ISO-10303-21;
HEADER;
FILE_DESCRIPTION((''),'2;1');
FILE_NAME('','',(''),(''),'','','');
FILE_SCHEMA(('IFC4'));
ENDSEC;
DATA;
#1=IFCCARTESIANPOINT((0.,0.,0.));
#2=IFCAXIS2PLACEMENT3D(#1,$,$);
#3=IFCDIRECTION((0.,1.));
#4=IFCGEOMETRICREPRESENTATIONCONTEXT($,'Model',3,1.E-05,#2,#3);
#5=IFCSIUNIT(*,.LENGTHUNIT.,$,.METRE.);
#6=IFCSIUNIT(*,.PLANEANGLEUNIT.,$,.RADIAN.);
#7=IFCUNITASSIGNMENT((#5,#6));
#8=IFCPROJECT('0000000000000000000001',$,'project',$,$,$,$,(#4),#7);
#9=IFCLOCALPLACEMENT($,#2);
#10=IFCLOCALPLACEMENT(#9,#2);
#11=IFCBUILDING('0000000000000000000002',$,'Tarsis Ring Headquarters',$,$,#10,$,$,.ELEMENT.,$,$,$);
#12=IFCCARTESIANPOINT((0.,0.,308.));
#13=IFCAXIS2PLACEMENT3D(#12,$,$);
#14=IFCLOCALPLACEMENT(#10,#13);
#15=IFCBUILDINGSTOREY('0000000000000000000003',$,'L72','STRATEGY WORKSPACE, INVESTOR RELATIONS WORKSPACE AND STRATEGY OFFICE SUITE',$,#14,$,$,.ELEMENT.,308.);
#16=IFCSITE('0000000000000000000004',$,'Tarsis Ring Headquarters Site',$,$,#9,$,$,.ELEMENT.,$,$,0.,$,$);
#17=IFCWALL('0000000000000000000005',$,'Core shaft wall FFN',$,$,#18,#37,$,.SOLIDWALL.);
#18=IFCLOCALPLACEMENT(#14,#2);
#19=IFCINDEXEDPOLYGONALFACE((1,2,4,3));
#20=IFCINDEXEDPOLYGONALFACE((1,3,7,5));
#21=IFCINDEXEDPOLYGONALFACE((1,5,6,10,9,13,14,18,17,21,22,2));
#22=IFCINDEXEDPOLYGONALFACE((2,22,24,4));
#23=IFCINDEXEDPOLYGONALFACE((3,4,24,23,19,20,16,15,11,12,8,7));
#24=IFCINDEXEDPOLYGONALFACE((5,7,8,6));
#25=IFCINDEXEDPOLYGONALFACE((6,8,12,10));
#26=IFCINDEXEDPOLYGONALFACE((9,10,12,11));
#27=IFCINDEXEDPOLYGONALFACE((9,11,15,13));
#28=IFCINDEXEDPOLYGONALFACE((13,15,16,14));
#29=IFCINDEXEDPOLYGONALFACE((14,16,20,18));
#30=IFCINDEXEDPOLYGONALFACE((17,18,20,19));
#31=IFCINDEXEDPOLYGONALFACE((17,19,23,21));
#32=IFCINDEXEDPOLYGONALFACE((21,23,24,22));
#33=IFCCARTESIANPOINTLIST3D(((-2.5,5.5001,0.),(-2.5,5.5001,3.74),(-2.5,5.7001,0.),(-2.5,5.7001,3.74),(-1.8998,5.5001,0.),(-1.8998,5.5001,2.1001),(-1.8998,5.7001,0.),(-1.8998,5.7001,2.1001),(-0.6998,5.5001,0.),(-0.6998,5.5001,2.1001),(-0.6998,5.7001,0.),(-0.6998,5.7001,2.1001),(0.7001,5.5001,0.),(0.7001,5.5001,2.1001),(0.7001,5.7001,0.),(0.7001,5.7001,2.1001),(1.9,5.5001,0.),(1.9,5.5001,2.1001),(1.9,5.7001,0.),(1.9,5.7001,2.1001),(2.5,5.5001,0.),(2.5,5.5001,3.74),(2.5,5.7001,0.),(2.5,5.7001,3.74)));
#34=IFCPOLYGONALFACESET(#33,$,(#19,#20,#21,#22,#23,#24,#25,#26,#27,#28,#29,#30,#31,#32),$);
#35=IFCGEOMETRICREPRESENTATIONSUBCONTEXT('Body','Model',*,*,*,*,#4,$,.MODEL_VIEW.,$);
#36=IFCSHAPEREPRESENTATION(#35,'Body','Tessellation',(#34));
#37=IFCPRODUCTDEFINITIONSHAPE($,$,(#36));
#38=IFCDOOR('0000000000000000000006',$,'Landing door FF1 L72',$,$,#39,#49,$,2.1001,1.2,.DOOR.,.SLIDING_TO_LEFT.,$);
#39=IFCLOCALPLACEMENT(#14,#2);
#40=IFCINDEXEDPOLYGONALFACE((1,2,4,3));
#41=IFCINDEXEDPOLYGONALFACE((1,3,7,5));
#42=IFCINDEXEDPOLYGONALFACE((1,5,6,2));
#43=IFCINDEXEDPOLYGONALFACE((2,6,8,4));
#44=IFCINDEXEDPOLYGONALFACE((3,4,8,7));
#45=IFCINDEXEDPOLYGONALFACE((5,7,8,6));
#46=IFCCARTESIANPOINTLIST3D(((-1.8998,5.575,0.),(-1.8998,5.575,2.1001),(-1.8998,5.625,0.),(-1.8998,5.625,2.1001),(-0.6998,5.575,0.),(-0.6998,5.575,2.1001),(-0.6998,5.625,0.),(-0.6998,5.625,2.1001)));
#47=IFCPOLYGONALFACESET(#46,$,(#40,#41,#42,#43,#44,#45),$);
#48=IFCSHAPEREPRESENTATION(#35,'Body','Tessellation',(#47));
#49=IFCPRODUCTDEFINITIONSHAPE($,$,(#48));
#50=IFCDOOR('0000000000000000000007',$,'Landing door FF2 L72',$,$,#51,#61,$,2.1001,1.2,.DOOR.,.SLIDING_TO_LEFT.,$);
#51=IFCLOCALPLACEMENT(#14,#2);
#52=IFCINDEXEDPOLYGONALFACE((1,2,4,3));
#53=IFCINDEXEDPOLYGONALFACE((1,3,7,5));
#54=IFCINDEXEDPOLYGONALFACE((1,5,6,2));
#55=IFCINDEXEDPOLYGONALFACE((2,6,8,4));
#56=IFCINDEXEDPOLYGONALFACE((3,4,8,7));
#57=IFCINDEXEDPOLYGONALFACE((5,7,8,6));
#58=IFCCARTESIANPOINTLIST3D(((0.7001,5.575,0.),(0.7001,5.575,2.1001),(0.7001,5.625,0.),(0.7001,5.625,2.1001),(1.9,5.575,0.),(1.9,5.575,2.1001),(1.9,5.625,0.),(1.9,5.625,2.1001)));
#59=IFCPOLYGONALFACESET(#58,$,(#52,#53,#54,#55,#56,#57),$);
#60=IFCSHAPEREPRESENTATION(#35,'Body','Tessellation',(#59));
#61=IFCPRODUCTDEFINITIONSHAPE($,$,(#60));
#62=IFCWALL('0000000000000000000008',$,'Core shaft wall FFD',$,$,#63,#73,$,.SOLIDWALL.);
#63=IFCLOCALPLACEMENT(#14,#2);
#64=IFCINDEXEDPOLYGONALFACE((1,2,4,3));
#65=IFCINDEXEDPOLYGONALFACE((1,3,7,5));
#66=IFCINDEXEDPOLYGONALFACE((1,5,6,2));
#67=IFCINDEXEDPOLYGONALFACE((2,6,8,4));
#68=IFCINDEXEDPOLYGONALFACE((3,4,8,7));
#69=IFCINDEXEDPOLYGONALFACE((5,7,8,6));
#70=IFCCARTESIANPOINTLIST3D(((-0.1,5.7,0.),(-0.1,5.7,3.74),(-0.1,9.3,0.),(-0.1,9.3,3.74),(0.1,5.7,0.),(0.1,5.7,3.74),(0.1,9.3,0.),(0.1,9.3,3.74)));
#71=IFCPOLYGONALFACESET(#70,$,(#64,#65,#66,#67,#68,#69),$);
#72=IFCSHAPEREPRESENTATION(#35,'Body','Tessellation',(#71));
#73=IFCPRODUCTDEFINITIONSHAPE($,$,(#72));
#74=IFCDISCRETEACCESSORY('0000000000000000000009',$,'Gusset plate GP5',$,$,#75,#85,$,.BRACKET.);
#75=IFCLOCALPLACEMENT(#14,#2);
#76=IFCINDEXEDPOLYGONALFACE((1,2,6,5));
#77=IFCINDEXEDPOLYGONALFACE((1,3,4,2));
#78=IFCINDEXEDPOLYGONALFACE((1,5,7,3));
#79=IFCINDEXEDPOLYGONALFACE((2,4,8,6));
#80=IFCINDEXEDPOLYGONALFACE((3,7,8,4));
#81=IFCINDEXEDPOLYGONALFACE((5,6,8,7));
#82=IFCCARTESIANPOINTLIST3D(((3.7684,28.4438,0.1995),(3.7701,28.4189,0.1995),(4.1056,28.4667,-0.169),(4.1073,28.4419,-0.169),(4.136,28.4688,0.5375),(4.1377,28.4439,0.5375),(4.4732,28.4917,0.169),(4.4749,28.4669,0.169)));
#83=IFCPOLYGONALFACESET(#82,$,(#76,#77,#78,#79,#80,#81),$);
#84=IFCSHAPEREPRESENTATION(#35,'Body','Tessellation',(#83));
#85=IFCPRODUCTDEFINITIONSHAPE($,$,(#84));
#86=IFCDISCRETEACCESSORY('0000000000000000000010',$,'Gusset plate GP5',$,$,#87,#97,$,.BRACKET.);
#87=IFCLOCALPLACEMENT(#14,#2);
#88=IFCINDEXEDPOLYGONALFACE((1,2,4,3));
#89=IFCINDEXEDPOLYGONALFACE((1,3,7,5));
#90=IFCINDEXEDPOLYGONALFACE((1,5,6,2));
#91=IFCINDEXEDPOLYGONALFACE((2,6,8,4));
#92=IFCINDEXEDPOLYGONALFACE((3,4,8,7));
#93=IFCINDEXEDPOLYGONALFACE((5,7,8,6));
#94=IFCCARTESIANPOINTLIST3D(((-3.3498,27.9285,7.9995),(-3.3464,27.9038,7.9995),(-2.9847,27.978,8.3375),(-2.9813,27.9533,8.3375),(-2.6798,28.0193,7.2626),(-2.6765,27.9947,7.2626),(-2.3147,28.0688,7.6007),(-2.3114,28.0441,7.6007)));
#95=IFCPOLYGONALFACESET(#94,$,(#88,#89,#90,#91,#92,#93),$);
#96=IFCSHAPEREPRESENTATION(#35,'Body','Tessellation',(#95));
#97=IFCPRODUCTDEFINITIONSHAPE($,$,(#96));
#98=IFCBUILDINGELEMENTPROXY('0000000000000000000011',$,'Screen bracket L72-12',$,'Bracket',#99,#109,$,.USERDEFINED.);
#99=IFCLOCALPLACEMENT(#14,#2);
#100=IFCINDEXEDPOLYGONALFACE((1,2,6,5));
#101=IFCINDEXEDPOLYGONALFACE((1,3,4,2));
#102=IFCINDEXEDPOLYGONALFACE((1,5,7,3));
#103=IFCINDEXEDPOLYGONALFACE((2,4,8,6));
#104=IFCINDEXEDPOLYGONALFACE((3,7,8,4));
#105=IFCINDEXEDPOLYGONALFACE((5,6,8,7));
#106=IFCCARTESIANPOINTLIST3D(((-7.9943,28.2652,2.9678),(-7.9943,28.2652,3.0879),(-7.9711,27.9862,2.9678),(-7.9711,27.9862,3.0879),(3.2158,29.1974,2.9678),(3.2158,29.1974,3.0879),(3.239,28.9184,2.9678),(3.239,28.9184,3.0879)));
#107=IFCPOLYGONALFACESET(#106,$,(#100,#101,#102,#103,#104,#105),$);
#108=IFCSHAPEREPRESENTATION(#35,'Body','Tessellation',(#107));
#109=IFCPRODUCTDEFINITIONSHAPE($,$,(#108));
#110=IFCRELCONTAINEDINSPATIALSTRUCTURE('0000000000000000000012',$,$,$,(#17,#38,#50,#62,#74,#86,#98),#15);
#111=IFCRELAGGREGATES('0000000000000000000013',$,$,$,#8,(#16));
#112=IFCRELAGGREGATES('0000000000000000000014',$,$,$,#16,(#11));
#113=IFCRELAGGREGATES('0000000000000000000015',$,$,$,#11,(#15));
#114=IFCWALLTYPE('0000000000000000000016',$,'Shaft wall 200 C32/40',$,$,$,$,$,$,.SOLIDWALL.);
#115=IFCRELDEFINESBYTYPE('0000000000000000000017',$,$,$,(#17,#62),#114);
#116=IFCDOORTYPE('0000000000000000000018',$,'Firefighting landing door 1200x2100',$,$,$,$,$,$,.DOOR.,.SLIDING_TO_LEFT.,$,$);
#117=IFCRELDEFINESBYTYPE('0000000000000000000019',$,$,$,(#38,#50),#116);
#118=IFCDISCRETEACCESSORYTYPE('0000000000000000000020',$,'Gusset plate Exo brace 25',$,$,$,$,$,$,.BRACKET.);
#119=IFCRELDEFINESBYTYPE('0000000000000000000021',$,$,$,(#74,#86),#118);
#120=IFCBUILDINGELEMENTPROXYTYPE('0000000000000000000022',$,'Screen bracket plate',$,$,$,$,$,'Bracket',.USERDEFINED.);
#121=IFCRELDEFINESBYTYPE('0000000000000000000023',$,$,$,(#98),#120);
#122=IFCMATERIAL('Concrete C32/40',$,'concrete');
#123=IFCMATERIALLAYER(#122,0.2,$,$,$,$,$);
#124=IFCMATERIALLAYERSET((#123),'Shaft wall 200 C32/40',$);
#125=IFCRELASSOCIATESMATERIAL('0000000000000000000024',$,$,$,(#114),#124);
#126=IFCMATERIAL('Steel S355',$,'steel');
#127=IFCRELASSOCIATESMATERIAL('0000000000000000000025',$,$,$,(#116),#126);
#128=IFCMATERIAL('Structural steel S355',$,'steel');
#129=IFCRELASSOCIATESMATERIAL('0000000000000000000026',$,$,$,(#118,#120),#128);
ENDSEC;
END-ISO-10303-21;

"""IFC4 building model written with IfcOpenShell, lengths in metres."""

from ifc_helpers import new_model, si_unit, direction, frame, frame_2d, origin, origin_2d, place, context, subcontext, project, spatial, rectangle, extrude, material, layer, layer_set, material_profile, profile_set, type_object, element, fill, save


model = new_model("IFC4")

# Units and contexts
model_context = context("Model", 3, precision=1e-05, world=origin(), true_north=direction((0.0, 1.0)))
body_context = subcontext(model_context, "Body", "Model", "MODEL_VIEW")
ifc_project = project(units=[si_unit("LENGTHUNIT", "METRE"), si_unit("PLANEANGLEUNIT", "RADIAN")], contexts=[model_context])

# Site, building, storey
site_placement = place(None, origin())
site = spatial("IfcSite", under=ifc_project, at=site_placement, Name="Tarsis Ring Headquarters Site", CompositionType="ELEMENT", RefElevation=0.0)
building_placement = place(site_placement, origin())
building = spatial("IfcBuilding", under=site, at=building_placement, Name="Tarsis Ring Headquarters", CompositionType="ELEMENT")
storey_placement = place(building_placement, frame((0.0, 0.0, 308.0)))
storey = spatial("IfcBuildingStorey", under=building, at=storey_placement, Name="L72", Description="STRATEGY WORKSPACE, INVESTOR RELATIONS WORKSPACE AND STRATEGY OFFICE SUITE", CompositionType="ELEMENT", Elevation=308.0)

# Shared definitions
ifc_material_1 = material(Name="Structural steel S355", Category="steel")

# Shared definitions
ifc_material_2 = material(Name="Concrete C32/40", Category="concrete")

# Wall, openings, doors
ifc_layer_1 = layer(ifc_material_2, 0.2)
ifc_layer_set_1 = layer_set([ifc_layer_1], Name="Shaft wall 200 C32/40")
wall_type_1 = type_object("IfcWallType", Name="Shaft wall 200 C32/40", PredefinedType="SOLIDWALL", material=ifc_layer_set_1)
wall_1_placement = place(storey_placement, frame((-2.5, 5.6001, 0.0), z_axis=(0.0, 0.0, 1.0), x_axis=(1.0, 0.0, 0.0)))
wall_1 = element("IfcWall", 1, at=wall_1_placement, inside=storey, type_object=wall_type_1, Name="Core shaft wall FFN", PredefinedType="SOLIDWALL", context=body_context, shape_type="SweptSolid", body=[
    extrude(rectangle(XDim=5.0, YDim=0.2, at=frame_2d((2.5, 0.0))), origin(), (0.0, 0.0, 1.0), 3.74),
])
opening_1_placement = place(wall_1_placement, frame((0.6001, 0.0, 0.0)))
opening_1 = element("IfcOpeningElement", 2, at=opening_1_placement, cuts=wall_1, PredefinedType="OPENING", context=body_context, shape_type="SweptSolid", body=[
    extrude(rectangle(XDim=1.2, YDim=2.1001, at=frame_2d((0.6001, 1.05))), frame((0.0, 0.1099, 0.0), z_axis=(0.0, -1.0, 0.0), x_axis=(1.0, 0.0, 0.0)), (0.0, 0.0, 1.0), 0.22),
])
opening_2_placement = place(wall_1_placement, frame((3.2, 0.0, 0.0)))
opening_2 = element("IfcOpeningElement", 3, at=opening_2_placement, cuts=wall_1, PredefinedType="OPENING", context=body_context, shape_type="SweptSolid", body=[
    extrude(rectangle(XDim=1.2, YDim=2.1001, at=frame_2d((0.6001, 1.05))), frame((0.0, 0.1099, 0.0), z_axis=(0.0, -1.0, 0.0), x_axis=(1.0, 0.0, 0.0)), (0.0, 0.0, 1.0), 0.22),
])
ifc_material_3 = material(Name="Steel S355", Category="steel")
door_type = type_object("IfcDoorType", Name="Firefighting landing door 1200x2100", OperationType="SLIDING_TO_LEFT", PredefinedType="DOOR", material=ifc_material_3)
door_1_placement = place(opening_1_placement, origin())
door_1 = element("IfcDoor", 4, at=door_1_placement, inside=storey, type_object=door_type, Name="Landing door FF1 L72", OperationType="SLIDING_TO_LEFT", OverallHeight=2.1001, OverallWidth=1.2, PredefinedType="DOOR", context=body_context, shape_type="SweptSolid", body=[
    extrude(rectangle(XDim=1.2, YDim=2.1001, at=frame_2d((0.6001, 1.05))), frame((0.0, 0.0249, 0.0), z_axis=(0.0, -1.0, 0.0), x_axis=(1.0, 0.0, 0.0)), (0.0, 0.0, 1.0), 0.05),
])
fill(opening_1, door_1)
door_2_placement = place(opening_2_placement, origin())
door_2 = element("IfcDoor", 5, at=door_2_placement, inside=storey, type_object=door_type, Name="Landing door FF2 L72", OperationType="SLIDING_TO_LEFT", OverallHeight=2.1001, OverallWidth=1.2, PredefinedType="DOOR", context=body_context, shape_type="SweptSolid", body=[
    extrude(rectangle(XDim=1.2, YDim=2.1001, at=frame_2d((0.6001, 1.05))), frame((0.0, 0.0249, 0.0), z_axis=(0.0, -1.0, 0.0), x_axis=(1.0, 0.0, 0.0)), (0.0, 0.0, 1.0), 0.05),
])
fill(opening_2, door_2)

# Wall
wall_2_placement = place(storey_placement, frame((0.0, 5.7, 0.0), z_axis=(0.0, 0.0, 1.0), x_axis=(0.0, 1.0, 0.0)))
element("IfcWall", 6, at=wall_2_placement, inside=storey, type_object=wall_type_1, Name="Core shaft wall FFD", PredefinedType="SOLIDWALL", context=body_context, shape_type="SweptSolid", body=[
    extrude(rectangle(XDim=3.6001, YDim=0.2, at=frame_2d((1.8, 0.0))), origin(), (0.0, 0.0, 1.0), 3.74),
])

# Discrete accessories
ifc_material_profile_1 = material_profile(ifc_material_1, rectangle(XDim=0.0249, YDim=0.5, at=origin_2d()), Name="PL 25x500")
ifc_profile_set_1 = profile_set([ifc_material_profile_1], Name="Structural steel S355")
discrete_accessory_type = type_object("IfcDiscreteAccessoryType", Name="Gusset plate Exo brace 25", PredefinedType="BRACKET", material=ifc_profile_set_1)
discrete_accessory_1_placement = place(storey_placement, frame((4.2903, 28.4668, 0.0), z_axis=(-0.674415, -0.045905, 0.736924), x_axis=(0.067909, -0.997691, 0.0)))
element("IfcDiscreteAccessory", 7, at=discrete_accessory_1_placement, inside=storey, type_object=discrete_accessory_type, Name="Gusset plate GP5", PredefinedType="BRACKET", context=body_context, shape_type="SweptSolid", body=[
    extrude(rectangle(XDim=0.0249, YDim=0.5, at=origin_2d()), origin(), (0.0, 0.0, 1.0), 0.5),
])
discrete_accessory_2_placement = place(storey_placement, frame((-2.4956, 28.0317, 7.4316), z_axis=(-0.669941, -0.090823, 0.736838), x_axis=(0.13434, -0.990935, 0.0)))
element("IfcDiscreteAccessory", 8, at=discrete_accessory_2_placement, inside=storey, type_object=discrete_accessory_type, Name="Gusset plate GP5", PredefinedType="BRACKET", context=body_context, shape_type="SweptSolid", body=[
    extrude(rectangle(XDim=0.0249, YDim=0.5, at=origin_2d()), origin(), (0.0, 0.0, 1.0), 1.0),
])

# Building element proxy
building_element_proxy_type = type_object("IfcBuildingElementProxyType", Name="Screen bracket plate", ElementType="Bracket", PredefinedType="USERDEFINED", material=ifc_material_1)
proxy_placement = place(storey_placement, frame((-2.3777, 28.5918, 2.9678), z_axis=(0.0, 0.0, 1.0), x_axis=(-0.99656, -0.082873, 0.0)))
element("IfcBuildingElementProxy", 9, at=proxy_placement, inside=storey, type_object=building_element_proxy_type, Name="Screen bracket L72-12", ObjectType="Bracket", PredefinedType="USERDEFINED", context=body_context, shape_type="SweptSolid", body=[
    extrude(rectangle(XDim=11.2488, YDim=0.28, at=origin_2d()), origin(), (0.0, 0.0, 1.0), 0.1201),
])

save(model, "model.ifc")
